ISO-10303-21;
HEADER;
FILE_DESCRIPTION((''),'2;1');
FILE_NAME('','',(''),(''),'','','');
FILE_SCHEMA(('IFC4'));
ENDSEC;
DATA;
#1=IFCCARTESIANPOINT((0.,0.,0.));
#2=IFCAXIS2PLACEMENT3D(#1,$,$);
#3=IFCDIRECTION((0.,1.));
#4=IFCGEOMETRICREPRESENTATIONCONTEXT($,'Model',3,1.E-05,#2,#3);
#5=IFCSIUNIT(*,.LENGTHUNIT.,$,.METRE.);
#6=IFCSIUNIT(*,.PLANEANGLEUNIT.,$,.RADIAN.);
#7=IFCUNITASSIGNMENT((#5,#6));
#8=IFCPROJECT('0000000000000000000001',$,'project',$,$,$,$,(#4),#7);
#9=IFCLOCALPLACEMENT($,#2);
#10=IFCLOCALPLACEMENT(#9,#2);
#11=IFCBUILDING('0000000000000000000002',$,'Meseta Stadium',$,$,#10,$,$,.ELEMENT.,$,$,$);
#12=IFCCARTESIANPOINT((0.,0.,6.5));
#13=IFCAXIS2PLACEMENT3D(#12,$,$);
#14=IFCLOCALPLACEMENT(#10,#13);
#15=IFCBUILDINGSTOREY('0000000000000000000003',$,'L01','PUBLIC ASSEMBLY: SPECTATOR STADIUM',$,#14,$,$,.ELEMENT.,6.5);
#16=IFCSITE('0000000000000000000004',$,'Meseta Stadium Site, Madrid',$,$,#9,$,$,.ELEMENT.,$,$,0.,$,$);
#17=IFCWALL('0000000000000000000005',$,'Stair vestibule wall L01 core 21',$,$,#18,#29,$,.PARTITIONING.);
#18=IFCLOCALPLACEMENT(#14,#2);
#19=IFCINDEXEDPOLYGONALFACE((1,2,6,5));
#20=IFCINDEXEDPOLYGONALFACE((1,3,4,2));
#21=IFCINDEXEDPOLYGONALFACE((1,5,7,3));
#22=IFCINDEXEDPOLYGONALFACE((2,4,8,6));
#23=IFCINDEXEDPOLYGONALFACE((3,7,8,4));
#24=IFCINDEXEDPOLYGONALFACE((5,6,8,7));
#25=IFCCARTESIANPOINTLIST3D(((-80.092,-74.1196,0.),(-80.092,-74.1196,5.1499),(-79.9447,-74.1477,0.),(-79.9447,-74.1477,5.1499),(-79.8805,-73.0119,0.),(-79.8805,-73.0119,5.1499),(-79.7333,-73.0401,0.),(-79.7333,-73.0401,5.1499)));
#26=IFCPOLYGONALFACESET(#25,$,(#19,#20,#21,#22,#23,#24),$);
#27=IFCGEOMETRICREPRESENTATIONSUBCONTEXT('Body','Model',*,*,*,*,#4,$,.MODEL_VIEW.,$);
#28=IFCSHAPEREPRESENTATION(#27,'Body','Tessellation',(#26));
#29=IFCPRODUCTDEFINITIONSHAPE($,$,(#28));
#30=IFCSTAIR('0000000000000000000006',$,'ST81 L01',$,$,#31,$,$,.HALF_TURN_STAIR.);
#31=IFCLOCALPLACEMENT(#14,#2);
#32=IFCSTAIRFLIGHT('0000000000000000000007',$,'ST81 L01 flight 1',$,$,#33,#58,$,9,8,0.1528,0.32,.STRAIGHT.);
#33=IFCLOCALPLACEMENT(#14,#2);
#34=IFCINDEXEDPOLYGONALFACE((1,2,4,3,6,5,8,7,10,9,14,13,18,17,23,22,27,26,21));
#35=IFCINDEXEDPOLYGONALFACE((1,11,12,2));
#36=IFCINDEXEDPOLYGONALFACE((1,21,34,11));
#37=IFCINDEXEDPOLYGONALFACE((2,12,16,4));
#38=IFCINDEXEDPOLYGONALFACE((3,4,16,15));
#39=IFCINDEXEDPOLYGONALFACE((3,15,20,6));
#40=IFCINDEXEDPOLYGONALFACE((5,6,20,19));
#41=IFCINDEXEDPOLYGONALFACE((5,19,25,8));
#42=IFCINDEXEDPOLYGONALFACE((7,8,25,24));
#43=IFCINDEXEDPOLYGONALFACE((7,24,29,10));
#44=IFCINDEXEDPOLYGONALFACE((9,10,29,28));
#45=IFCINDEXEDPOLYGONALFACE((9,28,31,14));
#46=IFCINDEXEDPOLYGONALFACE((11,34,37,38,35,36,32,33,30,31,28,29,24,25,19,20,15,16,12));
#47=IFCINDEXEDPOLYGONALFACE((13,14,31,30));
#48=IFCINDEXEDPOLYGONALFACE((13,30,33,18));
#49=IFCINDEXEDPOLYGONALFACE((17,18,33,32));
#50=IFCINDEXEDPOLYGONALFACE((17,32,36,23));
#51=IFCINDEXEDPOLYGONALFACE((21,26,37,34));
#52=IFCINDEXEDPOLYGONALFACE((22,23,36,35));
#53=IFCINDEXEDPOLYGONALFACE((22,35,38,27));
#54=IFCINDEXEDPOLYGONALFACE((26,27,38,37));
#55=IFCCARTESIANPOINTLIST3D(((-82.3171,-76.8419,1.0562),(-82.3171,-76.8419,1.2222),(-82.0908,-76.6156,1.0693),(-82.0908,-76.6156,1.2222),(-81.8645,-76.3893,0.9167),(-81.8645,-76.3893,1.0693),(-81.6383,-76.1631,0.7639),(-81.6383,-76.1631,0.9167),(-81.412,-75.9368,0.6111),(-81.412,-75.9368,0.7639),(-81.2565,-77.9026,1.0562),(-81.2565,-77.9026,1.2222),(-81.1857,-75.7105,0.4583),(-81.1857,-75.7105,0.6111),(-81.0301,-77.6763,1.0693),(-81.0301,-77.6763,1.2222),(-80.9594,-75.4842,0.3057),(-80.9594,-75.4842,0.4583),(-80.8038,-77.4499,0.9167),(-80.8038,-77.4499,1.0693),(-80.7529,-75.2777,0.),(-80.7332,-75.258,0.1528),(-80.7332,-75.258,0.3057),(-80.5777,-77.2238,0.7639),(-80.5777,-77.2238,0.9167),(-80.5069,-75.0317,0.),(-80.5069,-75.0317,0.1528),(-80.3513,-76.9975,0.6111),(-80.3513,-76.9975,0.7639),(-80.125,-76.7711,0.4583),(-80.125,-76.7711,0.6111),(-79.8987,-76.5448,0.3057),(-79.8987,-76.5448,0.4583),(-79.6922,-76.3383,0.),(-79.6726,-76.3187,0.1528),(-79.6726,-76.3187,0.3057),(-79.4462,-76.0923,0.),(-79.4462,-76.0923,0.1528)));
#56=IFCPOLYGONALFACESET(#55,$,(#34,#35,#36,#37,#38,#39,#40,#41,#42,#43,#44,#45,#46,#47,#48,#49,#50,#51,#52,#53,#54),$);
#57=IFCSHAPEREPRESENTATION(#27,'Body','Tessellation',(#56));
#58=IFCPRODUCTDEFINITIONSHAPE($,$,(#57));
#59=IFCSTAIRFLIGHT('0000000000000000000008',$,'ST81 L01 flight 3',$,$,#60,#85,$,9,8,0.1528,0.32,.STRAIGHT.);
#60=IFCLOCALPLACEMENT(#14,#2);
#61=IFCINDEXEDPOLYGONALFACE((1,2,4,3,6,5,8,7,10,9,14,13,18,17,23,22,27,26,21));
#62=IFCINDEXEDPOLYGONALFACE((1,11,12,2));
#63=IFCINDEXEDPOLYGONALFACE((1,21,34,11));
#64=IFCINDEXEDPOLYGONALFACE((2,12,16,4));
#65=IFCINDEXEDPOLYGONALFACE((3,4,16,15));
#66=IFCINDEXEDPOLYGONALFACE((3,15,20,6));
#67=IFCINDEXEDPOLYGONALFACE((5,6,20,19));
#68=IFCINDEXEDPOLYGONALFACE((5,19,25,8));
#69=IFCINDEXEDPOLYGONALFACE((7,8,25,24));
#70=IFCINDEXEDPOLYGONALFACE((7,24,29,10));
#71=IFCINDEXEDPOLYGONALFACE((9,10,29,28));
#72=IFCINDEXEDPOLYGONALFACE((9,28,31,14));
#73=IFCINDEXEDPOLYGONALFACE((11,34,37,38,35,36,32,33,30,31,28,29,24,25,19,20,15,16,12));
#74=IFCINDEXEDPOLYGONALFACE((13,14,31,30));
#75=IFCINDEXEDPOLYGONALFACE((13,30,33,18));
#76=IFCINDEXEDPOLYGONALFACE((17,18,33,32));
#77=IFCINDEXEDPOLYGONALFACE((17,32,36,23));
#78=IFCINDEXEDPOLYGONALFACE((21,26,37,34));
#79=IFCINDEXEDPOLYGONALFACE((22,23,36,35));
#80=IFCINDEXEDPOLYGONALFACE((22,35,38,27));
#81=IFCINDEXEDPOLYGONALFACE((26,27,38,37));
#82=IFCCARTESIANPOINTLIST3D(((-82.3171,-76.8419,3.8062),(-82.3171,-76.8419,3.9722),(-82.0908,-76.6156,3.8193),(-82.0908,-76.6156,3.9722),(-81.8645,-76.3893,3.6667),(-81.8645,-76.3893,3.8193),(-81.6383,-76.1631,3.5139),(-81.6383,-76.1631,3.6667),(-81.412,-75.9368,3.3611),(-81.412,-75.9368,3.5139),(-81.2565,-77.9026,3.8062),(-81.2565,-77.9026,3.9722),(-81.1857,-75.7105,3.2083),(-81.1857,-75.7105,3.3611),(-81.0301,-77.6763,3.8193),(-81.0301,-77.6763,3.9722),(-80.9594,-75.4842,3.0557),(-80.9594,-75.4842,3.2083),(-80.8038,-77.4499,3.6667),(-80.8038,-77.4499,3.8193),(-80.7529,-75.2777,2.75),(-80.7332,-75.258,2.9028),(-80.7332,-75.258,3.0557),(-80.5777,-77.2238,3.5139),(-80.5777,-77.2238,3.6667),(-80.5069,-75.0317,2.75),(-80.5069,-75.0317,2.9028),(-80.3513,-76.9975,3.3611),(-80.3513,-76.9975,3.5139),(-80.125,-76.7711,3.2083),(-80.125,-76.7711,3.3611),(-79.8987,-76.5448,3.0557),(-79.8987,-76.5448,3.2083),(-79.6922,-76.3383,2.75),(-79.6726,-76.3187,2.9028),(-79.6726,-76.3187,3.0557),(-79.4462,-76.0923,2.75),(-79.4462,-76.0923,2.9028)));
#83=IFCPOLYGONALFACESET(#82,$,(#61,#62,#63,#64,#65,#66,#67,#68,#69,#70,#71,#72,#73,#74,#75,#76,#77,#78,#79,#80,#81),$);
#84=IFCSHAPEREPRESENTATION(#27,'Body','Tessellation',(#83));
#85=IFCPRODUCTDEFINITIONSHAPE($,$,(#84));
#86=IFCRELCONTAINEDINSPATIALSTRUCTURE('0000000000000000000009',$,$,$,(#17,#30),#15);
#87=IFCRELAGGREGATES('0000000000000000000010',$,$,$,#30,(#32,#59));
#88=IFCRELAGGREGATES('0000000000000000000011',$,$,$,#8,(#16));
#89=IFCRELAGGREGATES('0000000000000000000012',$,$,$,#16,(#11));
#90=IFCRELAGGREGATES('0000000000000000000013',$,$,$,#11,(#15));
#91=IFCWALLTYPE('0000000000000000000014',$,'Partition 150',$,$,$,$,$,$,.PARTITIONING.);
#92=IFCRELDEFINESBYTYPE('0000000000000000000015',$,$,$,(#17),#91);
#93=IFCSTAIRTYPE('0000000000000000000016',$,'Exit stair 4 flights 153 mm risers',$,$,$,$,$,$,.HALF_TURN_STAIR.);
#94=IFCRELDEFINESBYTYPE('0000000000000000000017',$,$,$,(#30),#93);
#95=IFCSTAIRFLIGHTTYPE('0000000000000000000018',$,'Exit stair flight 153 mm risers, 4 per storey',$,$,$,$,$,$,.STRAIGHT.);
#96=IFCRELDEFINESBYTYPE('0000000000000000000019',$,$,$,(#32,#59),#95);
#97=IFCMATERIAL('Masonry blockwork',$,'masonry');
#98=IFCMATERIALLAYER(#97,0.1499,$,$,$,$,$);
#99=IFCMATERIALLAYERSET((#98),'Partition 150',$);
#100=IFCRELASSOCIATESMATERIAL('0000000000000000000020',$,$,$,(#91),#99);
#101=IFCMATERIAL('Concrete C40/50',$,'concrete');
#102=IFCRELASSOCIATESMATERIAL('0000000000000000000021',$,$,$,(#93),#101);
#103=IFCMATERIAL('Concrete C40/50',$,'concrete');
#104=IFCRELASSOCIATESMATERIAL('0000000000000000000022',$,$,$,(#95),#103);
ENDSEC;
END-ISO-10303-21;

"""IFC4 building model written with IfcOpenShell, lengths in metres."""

from ifc_helpers import new_model, si_unit, direction, frame, frame_2d, origin, place, context, subcontext, project, spatial, polyline, rectangle, outline, extrude, material, layer, layer_set, type_object, element, aggregate, save


model = new_model("IFC4")

# Units and contexts
model_context = context("Model", 3, precision=1e-05, world=origin(), true_north=direction((0.0, 1.0)))
body_context = subcontext(model_context, "Body", "Model", "MODEL_VIEW")
ifc_project = project(units=[si_unit("LENGTHUNIT", "METRE"), si_unit("PLANEANGLEUNIT", "RADIAN")], contexts=[model_context])

# Site, building, storey
site_placement = place(None, origin())
site = spatial("IfcSite", under=ifc_project, at=site_placement, Name="Meseta Stadium Site, Madrid", CompositionType="ELEMENT", RefElevation=0.0)
building_placement = place(site_placement, origin())
building = spatial("IfcBuilding", under=site, at=building_placement, Name="Meseta Stadium", CompositionType="ELEMENT")
storey_placement = place(building_placement, frame((0.0, 0.0, 6.5)))
storey = spatial("IfcBuildingStorey", under=building, at=storey_placement, Name="L01", Description="PUBLIC ASSEMBLY: SPECTATOR STADIUM", CompositionType="ELEMENT", Elevation=6.5)

# Wall
ifc_material_1 = material(Name="Masonry blockwork", Category="masonry")
ifc_layer_1 = layer(ifc_material_1, 0.1499)
ifc_layer_set_1 = layer_set([ifc_layer_1], Name="Partition 150")
wall_type_1 = type_object("IfcWallType", Name="Partition 150", PredefinedType="PARTITIONING", material=ifc_layer_set_1)
wall_1_placement = place(storey_placement, frame((-79.8069, -73.0259, 0.0), z_axis=(0.0, 0.0, 1.0), x_axis=(-0.18749, -0.982266, 0.0)))
element("IfcWall", 1, at=wall_1_placement, inside=storey, type_object=wall_type_1, Name="Stair vestibule wall L01 core 21", PredefinedType="PARTITIONING", context=body_context, shape_type="SweptSolid", body=[
    extrude(rectangle(XDim=1.1277, YDim=0.1499, at=frame_2d((0.564, 0.0))), origin(), (0.0, 0.0, 1.0), 5.1499),
])

# Stair, stair flights
ifc_material_2 = material(Name="Concrete C40/50", Category="concrete")
stair_type = type_object("IfcStairType", Name="Exit stair 4 flights 153 mm risers", PredefinedType="HALF_TURN_STAIR", material=ifc_material_2)
stair_placement = place(storey_placement, origin())
stair = element("IfcStair", 2, at=stair_placement, inside=storey, type_object=stair_type, Name="ST81 L01", PredefinedType="HALF_TURN_STAIR")
ifc_material_3 = material(Name="Concrete C40/50", Category="concrete")
stair_flight_type = type_object("IfcStairFlightType", Name="Exit stair flight 153 mm risers, 4 per storey", PredefinedType="STRAIGHT", material=ifc_material_3)
stair_flight_1_placement = place(storey_placement, frame((-79.9766, -75.562, 0.0), z_axis=(0.0, 0.0, 1.0), x_axis=(-0.707107, -0.707107, 0.0)))
stair_flight_1 = element("IfcStairFlight", 3, at=stair_flight_1_placement, type_object=stair_flight_type, Name="ST81 L01 flight 1", NumberOfRisers=9, NumberOfTreads=8, PredefinedType="STRAIGHT", RiserHeight=0.1528, TreadLength=0.32, context=body_context, shape_type="SweptSolid", body=[
    extrude(outline(polyline([(0.0, 0.0), (0.0, 0.1528), (0.3201, 0.1528), (0.3201, 0.3057), (0.6399, 0.3057), (0.6399, 0.4583), (0.96, 0.4583), (0.96, 0.6111), (1.28, 0.6111), (1.28, 0.7639), (1.6001, 0.7639), (1.6001, 0.9167), (1.9199, 0.9167), (1.9199, 1.0693), (2.24, 1.0693), (2.24, 1.2222), (2.5601, 1.2222), (2.5601, 1.0562), (0.3479, 0.0), (0.0, 0.0)])), frame((0.0, 0.75, 0.0), z_axis=(0.0, -1.0, 0.0), x_axis=(1.0, 0.0, 0.0)), (0.0, 0.0, 1.0), 1.5),
])
stair_flight_2_placement = place(storey_placement, frame((-79.9766, -75.562, 2.75), z_axis=(0.0, 0.0, 1.0), x_axis=(-0.707107, -0.707107, 0.0)))
stair_flight_2 = element("IfcStairFlight", 4, at=stair_flight_2_placement, type_object=stair_flight_type, Name="ST81 L01 flight 3", NumberOfRisers=9, NumberOfTreads=8, PredefinedType="STRAIGHT", RiserHeight=0.1528, TreadLength=0.32, context=body_context, shape_type="SweptSolid", body=[
    extrude(outline(polyline([(0.0, 0.0), (0.0, 0.1528), (0.3201, 0.1528), (0.3201, 0.3057), (0.6399, 0.3057), (0.6399, 0.4583), (0.96, 0.4583), (0.96, 0.6111), (1.28, 0.6111), (1.28, 0.7639), (1.6001, 0.7639), (1.6001, 0.9167), (1.9199, 0.9167), (1.9199, 1.0693), (2.24, 1.0693), (2.24, 1.2222), (2.5601, 1.2222), (2.5601, 1.0562), (0.3479, 0.0), (0.0, 0.0)])), frame((0.0, 0.75, 0.0), z_axis=(0.0, -1.0, 0.0), x_axis=(1.0, 0.0, 0.0)), (0.0, 0.0, 1.0), 1.5),
])
aggregate(stair, [stair_flight_1, stair_flight_2])

save(model, "model.ifc")
